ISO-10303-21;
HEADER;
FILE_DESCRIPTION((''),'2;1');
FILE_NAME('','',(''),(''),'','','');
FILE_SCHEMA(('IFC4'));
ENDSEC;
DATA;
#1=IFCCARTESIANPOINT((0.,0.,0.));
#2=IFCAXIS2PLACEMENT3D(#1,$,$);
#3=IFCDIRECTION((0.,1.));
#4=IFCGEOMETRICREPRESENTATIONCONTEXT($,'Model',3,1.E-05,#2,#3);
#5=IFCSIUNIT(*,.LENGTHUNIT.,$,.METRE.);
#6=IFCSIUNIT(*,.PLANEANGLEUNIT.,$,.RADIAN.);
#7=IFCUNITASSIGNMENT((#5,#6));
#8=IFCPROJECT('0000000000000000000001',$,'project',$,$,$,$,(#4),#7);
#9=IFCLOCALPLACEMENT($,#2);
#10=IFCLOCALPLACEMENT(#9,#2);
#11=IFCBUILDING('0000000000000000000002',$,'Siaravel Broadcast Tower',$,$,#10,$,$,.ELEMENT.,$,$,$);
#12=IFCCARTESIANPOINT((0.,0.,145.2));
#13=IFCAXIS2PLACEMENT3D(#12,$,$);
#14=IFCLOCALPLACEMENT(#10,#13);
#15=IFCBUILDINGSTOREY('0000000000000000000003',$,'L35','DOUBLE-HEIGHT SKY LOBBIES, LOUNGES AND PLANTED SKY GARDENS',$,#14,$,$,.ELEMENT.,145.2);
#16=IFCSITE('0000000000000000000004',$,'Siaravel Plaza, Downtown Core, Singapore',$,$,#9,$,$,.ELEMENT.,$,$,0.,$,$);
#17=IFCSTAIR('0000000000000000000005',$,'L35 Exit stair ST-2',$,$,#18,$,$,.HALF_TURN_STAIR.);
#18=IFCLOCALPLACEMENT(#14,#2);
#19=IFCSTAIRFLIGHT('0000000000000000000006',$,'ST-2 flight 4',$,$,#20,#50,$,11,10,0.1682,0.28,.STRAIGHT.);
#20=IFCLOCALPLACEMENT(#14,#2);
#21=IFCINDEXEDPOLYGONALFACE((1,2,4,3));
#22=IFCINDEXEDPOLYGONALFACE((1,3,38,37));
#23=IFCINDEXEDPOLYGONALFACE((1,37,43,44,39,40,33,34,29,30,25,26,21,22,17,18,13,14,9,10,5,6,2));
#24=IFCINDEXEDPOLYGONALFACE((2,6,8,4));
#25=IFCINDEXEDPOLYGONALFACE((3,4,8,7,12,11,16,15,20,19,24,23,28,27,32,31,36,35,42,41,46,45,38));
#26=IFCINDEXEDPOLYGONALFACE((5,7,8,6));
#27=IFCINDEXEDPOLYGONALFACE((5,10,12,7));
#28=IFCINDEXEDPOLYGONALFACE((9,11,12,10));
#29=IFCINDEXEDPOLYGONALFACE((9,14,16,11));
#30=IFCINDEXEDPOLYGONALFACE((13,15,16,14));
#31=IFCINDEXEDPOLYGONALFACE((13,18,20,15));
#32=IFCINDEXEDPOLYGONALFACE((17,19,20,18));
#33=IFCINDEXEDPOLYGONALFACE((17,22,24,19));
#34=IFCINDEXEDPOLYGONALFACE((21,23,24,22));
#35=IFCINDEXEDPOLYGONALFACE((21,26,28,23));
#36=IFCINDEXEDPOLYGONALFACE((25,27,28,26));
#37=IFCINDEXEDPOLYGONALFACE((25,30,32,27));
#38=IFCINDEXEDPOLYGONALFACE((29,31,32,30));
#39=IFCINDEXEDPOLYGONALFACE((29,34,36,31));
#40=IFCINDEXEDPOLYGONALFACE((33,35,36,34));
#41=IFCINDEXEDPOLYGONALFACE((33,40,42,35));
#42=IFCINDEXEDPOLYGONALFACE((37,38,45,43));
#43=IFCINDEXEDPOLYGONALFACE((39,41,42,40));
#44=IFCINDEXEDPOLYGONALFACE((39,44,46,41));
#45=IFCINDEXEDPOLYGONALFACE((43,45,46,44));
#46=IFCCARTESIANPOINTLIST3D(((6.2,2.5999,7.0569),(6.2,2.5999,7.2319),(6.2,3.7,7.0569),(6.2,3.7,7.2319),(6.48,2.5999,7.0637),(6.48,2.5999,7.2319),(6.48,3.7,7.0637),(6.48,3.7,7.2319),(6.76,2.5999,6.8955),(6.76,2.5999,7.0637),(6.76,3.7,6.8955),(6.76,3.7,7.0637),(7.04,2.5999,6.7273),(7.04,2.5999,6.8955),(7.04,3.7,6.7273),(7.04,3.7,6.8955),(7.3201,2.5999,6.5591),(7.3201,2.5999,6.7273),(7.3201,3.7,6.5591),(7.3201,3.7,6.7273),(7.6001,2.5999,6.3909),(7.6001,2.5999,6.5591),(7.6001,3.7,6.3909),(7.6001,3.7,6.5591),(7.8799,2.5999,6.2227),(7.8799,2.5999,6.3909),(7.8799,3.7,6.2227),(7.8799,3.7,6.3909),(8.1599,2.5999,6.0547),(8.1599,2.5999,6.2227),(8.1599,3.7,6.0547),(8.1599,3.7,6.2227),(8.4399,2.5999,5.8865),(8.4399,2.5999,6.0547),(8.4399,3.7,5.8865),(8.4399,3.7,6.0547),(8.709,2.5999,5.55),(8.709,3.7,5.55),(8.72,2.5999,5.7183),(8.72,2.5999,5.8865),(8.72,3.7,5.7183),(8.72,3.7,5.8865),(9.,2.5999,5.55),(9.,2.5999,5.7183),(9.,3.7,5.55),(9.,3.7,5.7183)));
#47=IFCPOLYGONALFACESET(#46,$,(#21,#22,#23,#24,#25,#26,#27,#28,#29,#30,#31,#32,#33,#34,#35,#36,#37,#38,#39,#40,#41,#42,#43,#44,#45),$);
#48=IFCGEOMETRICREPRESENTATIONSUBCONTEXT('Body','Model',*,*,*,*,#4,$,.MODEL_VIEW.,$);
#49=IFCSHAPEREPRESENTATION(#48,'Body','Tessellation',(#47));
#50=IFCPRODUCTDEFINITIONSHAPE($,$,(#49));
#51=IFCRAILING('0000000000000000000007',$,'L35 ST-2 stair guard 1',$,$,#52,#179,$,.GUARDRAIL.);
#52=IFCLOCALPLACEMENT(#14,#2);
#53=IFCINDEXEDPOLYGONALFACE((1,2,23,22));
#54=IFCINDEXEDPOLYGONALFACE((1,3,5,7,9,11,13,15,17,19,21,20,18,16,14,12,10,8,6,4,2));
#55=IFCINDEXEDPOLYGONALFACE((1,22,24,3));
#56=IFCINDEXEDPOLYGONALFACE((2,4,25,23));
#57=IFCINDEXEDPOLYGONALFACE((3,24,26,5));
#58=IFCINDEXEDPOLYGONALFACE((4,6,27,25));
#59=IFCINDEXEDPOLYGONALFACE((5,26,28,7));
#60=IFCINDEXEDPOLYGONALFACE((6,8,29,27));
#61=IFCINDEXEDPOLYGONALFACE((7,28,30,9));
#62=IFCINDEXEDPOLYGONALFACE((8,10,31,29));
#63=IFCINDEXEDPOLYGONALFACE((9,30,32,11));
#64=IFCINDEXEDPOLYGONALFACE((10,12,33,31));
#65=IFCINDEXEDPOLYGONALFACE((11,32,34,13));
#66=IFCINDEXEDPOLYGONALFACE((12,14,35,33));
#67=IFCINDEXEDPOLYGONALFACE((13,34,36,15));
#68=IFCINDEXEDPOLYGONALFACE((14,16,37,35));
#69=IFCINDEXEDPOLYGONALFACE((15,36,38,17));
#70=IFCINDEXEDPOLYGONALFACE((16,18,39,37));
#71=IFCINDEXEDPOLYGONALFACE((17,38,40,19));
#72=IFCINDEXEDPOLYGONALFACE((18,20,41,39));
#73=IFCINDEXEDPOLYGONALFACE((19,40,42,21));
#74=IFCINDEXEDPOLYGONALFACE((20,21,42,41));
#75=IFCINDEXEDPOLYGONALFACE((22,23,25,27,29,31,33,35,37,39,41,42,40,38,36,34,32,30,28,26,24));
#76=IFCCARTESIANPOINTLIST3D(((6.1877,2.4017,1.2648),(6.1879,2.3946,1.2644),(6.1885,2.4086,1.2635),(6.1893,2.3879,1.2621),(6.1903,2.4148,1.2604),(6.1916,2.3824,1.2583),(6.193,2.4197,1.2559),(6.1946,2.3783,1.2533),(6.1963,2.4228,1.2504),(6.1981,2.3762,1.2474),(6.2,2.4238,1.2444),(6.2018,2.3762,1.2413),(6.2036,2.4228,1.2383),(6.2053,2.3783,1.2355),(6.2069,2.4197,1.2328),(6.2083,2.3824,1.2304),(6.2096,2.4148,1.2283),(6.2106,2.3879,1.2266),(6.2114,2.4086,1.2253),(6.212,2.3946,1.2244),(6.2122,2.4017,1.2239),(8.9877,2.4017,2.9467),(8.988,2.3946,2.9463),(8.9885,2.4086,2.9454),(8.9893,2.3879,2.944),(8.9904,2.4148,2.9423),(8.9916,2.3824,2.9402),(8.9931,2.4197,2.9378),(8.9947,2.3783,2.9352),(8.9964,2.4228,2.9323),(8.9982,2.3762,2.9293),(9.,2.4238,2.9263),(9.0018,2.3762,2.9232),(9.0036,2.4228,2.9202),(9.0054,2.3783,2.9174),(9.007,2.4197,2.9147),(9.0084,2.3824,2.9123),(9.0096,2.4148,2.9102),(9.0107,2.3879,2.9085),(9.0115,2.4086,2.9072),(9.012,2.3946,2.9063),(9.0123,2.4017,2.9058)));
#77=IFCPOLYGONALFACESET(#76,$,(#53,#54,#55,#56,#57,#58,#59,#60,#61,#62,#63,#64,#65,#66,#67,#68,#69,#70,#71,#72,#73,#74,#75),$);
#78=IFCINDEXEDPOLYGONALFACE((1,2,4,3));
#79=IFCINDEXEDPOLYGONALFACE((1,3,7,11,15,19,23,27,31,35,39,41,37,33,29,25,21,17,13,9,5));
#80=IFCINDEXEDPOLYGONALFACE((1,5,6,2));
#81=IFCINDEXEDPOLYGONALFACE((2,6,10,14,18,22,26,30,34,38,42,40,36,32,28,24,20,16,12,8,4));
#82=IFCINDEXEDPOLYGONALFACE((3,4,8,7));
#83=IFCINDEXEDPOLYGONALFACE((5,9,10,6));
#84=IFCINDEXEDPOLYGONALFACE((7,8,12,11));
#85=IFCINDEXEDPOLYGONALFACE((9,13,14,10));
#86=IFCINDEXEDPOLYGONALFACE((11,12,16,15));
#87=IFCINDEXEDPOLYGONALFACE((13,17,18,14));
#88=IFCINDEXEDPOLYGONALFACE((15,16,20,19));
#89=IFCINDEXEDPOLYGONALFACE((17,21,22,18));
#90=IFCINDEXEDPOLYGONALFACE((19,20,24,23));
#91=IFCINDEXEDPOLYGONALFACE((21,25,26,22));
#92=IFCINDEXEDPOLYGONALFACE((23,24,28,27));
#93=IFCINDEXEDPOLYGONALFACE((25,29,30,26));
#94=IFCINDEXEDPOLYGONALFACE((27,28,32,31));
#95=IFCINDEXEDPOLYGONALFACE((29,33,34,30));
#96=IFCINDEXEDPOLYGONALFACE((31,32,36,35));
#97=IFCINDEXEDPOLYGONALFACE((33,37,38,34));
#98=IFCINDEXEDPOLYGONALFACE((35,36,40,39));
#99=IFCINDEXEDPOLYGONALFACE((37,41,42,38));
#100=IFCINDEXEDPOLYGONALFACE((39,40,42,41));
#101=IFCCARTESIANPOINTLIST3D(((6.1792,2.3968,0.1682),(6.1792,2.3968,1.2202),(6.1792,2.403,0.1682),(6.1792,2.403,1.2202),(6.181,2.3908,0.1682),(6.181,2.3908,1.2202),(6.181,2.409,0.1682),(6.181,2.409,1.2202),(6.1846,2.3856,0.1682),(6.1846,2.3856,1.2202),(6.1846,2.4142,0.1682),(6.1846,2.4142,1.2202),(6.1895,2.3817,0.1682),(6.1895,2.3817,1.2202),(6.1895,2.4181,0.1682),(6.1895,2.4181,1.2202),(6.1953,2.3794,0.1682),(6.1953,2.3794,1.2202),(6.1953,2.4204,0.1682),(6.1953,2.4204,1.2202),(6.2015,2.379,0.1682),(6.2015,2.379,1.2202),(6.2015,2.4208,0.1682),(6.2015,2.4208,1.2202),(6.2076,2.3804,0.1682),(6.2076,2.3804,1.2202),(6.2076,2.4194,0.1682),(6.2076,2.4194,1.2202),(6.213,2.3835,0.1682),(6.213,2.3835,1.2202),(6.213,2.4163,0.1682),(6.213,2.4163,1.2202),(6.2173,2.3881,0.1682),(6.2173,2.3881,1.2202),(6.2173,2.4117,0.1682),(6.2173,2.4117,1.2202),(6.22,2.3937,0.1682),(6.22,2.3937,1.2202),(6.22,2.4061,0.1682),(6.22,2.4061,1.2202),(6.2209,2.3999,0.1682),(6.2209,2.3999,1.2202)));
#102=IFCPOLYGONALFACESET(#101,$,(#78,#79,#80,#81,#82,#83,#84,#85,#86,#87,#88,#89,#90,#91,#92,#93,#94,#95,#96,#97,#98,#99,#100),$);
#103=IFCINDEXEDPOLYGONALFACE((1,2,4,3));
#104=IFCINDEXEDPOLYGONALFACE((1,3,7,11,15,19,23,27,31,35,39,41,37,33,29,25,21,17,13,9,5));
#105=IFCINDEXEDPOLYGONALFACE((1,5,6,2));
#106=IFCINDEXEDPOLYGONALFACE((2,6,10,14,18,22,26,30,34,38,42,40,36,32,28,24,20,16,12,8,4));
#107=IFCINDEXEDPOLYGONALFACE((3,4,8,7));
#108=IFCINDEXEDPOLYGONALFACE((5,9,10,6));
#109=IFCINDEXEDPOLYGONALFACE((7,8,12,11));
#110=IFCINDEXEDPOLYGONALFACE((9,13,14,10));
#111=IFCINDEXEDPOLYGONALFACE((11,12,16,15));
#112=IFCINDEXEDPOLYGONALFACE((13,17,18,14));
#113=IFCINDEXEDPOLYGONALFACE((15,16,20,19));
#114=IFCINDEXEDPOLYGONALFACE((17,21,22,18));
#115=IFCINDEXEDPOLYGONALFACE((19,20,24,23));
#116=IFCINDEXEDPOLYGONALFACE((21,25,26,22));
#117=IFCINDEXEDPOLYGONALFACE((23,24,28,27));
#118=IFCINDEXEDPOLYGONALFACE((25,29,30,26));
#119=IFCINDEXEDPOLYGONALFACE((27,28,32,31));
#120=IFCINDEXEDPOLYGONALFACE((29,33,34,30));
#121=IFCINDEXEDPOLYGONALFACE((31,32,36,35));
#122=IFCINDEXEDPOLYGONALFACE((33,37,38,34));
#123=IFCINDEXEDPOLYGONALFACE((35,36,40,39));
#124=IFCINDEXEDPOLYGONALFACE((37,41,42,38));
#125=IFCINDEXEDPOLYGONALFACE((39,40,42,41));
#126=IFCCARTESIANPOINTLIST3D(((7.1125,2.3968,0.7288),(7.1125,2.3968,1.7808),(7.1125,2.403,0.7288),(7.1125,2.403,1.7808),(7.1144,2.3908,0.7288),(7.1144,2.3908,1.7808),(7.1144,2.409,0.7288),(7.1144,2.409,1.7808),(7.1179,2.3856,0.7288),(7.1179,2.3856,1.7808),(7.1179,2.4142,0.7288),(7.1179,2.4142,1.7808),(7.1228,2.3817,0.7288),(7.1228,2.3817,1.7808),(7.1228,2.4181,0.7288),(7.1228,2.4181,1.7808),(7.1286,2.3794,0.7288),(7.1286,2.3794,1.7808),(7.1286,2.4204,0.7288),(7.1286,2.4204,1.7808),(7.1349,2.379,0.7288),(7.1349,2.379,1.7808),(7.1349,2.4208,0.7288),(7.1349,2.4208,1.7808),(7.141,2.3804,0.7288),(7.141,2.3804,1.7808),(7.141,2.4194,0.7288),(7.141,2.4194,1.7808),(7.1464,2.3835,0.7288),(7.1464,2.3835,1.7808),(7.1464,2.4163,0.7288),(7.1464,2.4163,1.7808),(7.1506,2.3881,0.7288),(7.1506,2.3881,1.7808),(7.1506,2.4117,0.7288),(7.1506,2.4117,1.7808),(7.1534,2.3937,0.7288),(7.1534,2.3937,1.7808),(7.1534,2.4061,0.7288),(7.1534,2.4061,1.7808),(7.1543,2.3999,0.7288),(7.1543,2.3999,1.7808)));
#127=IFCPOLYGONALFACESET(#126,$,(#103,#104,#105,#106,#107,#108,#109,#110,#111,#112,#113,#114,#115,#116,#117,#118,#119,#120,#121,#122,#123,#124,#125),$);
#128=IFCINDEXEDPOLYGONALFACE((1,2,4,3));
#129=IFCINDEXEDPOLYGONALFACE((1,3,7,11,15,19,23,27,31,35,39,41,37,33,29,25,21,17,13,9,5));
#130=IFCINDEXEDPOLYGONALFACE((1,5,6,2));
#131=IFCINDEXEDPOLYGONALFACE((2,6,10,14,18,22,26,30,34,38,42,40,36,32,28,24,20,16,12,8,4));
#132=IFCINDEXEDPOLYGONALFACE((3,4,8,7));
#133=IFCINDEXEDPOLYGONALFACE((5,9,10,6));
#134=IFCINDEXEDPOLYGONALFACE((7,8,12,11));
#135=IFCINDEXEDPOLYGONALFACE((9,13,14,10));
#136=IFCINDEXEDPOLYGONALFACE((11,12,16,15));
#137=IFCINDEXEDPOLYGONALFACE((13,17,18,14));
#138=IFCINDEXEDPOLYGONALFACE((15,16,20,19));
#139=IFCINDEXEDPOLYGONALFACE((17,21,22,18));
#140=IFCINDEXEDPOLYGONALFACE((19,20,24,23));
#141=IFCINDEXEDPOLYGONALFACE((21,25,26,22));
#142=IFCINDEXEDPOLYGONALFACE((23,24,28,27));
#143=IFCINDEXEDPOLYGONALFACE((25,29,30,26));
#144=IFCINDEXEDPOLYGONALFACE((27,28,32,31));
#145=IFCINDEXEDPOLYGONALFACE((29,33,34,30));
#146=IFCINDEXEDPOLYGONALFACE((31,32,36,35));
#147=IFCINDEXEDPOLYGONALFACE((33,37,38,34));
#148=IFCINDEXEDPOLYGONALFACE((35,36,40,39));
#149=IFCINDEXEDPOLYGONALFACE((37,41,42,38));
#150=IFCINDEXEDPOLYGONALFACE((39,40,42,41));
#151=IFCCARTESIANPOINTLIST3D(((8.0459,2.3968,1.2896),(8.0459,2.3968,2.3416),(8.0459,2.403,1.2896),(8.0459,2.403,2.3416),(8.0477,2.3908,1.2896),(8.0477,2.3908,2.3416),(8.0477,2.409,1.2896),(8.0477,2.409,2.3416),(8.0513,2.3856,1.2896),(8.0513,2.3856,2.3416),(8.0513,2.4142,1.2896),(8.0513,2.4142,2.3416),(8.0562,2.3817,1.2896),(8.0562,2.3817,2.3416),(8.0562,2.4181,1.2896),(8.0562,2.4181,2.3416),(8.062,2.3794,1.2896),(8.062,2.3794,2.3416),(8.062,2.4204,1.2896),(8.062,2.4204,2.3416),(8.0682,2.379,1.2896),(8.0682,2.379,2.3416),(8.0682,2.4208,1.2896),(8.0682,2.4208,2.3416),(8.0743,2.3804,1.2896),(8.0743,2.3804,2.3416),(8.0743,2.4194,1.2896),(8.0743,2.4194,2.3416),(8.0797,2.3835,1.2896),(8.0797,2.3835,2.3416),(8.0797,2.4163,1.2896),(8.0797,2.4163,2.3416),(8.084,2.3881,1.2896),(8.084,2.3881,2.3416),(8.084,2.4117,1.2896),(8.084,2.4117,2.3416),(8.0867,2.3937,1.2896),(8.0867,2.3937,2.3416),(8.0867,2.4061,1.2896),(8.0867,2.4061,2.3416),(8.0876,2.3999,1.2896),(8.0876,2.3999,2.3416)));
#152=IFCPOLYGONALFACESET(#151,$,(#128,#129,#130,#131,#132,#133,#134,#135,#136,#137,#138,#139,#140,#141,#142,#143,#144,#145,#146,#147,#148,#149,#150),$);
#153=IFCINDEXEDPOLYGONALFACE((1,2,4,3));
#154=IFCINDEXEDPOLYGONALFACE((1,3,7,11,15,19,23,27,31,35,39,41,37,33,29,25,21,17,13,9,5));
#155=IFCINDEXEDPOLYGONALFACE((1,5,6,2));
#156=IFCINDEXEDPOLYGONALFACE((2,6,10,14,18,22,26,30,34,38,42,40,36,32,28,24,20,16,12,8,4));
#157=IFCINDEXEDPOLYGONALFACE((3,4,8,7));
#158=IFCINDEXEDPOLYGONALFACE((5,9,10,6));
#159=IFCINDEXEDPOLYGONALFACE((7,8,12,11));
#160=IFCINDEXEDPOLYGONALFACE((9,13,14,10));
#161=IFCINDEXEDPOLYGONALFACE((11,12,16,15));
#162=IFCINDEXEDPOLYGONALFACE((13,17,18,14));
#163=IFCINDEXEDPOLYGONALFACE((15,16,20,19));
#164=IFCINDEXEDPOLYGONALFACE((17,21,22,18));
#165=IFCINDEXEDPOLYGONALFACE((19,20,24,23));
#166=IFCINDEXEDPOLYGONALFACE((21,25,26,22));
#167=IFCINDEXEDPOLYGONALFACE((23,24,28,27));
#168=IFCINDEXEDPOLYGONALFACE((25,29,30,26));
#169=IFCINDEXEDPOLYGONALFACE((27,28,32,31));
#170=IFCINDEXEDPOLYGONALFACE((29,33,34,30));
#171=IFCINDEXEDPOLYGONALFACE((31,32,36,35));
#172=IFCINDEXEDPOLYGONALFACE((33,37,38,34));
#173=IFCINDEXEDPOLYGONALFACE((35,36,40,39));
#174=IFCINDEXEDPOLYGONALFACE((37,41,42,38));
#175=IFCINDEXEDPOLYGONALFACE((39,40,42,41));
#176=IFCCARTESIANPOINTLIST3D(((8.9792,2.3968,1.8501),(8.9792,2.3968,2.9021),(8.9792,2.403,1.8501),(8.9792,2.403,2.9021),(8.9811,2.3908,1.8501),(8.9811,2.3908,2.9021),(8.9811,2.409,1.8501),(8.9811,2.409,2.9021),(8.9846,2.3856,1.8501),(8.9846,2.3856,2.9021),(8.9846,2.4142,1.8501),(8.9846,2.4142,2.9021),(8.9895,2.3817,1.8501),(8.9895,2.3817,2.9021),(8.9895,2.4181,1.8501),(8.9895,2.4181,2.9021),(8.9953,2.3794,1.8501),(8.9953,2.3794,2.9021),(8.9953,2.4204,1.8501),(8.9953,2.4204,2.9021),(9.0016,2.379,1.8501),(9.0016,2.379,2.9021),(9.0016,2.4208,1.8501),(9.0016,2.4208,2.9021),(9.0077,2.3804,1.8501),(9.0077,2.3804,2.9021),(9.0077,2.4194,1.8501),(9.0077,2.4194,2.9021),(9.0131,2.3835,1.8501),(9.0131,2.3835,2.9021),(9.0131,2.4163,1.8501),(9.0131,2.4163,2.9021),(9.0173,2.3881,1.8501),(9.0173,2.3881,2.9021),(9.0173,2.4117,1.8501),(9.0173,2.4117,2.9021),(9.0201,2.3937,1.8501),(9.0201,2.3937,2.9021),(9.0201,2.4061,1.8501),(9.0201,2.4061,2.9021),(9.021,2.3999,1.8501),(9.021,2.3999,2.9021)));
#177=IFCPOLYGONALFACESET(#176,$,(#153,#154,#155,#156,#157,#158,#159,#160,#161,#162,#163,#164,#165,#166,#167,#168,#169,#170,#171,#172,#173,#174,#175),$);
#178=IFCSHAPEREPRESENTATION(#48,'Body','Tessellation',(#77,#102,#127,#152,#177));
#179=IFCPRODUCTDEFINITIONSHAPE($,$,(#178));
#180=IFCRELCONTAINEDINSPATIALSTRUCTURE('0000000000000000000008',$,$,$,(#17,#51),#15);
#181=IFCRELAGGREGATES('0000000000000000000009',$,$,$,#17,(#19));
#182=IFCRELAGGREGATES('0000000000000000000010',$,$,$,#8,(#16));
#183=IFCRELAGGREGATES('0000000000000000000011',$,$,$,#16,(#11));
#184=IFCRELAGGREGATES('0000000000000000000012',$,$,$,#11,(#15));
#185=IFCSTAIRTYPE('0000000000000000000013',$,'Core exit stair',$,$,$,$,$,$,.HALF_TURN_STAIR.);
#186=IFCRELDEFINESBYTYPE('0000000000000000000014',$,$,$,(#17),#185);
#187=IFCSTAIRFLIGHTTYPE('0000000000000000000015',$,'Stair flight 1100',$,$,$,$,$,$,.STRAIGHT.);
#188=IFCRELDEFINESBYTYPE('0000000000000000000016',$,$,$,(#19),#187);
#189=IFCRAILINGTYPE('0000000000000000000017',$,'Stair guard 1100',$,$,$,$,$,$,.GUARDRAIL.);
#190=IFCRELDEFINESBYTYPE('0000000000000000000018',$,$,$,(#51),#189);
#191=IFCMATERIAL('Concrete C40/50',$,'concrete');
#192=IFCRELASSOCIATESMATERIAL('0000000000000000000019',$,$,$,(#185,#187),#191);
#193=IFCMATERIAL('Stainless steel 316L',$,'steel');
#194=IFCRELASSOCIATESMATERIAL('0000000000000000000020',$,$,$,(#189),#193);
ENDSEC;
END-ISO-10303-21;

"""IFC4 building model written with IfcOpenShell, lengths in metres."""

from ifc_helpers import new_model, si_unit, direction, frame, origin, origin_2d, place, context, subcontext, project, spatial, polyline, circle, outline, extrude, material, type_object, element, aggregate, save


model = new_model("IFC4")

# Units and contexts
model_context = context("Model", 3, precision=1e-05, world=origin(), true_north=direction((0.0, 1.0)))
body_context = subcontext(model_context, "Body", "Model", "MODEL_VIEW")
ifc_project = project(units=[si_unit("LENGTHUNIT", "METRE"), si_unit("PLANEANGLEUNIT", "RADIAN")], contexts=[model_context])

# Site, building, storey
site_placement = place(None, origin())
site = spatial("IfcSite", under=ifc_project, at=site_placement, Name="Siaravel Plaza, Downtown Core, Singapore", CompositionType="ELEMENT", RefElevation=0.0)
building_placement = place(site_placement, origin())
building = spatial("IfcBuilding", under=site, at=building_placement, Name="Siaravel Broadcast Tower", CompositionType="ELEMENT")
storey_placement = place(building_placement, frame((0.0, 0.0, 145.2)))
storey = spatial("IfcBuildingStorey", under=building, at=storey_placement, Name="L35", Description="DOUBLE-HEIGHT SKY LOBBIES, LOUNGES AND PLANTED SKY GARDENS", CompositionType="ELEMENT", Elevation=145.2)

# Stair, stair flight
ifc_material_1 = material(Name="Concrete C40/50", Category="concrete")
stair_type = type_object("IfcStairType", Name="Core exit stair", PredefinedType="HALF_TURN_STAIR", material=ifc_material_1)
stair_placement = place(storey_placement, origin())
stair = element("IfcStair", 1, at=stair_placement, inside=storey, type_object=stair_type, Name="L35 Exit stair ST-2", PredefinedType="HALF_TURN_STAIR")
stair_flight_type = type_object("IfcStairFlightType", Name="Stair flight 1100", PredefinedType="STRAIGHT", material=ifc_material_1)
stair_flight_1_placement = place(storey_placement, frame((9.0, 3.1499, 5.55), z_axis=(0.0, 0.0, 1.0), x_axis=(-1.0, 0.0, 0.0)))
stair_flight_1 = element("IfcStairFlight", 2, at=stair_flight_1_placement, type_object=stair_flight_type, Name="ST-2 flight 4", NumberOfRisers=11, NumberOfTreads=10, PredefinedType="STRAIGHT", RiserHeight=0.1682, TreadLength=0.28, context=body_context, shape_type="SweptSolid", body=[
    extrude(outline(polyline([(0.0, 0.0), (0.0, 0.1682), (0.28, 0.1682), (0.28, 0.3364), (0.5601, 0.3364), (0.5601, 0.5046), (0.8401, 0.5046), (0.8401, 0.6726), (1.1201, 0.6726), (1.1201, 0.8408), (1.3999, 0.8408), (1.3999, 1.009), (1.6799, 1.009), (1.6799, 1.1772), (1.96, 1.1772), (1.96, 1.3455), (2.24, 1.3455), (2.24, 1.5137), (2.52, 1.5137), (2.52, 1.6819), (2.8, 1.6819), (2.8, 1.8501), (2.8, 1.5068), (0.291, 0.0), (0.0, 0.0)])), frame((0.0, 0.55, 0.0), z_axis=(0.0, -1.0, 0.0), x_axis=(1.0, 0.0, 0.0)), (0.0, 0.0, 1.0), 1.1001),
])
aggregate(stair, [stair_flight_1])

# Railing
ifc_material_2 = material(Name="Stainless steel 316L", Category="steel")
railing_type_1 = type_object("IfcRailingType", Name="Stair guard 1100", PredefinedType="GUARDRAIL", material=ifc_material_2)
railing_1_placement = place(storey_placement, frame((6.2, 2.3999, 0.1682)))
element("IfcRailing", 3, at=railing_1_placement, inside=storey, type_object=railing_type_1, Name="L35 ST-2 stair guard 1", PredefinedType="GUARDRAIL", context=body_context, shape_type="SweptSolid", body=[
    extrude(circle(Radius=0.0239, at=origin_2d()), frame((0.0, 0.0, 1.0762), z_axis=(0.857242, 0.0, 0.514913), x_axis=(0.0, 1.0, 0.0)), (0.0, 0.0, 1.0), 3.2664),
    extrude(circle(Radius=0.021, at=origin_2d()), origin(), (0.0, 0.0, 1.0), 1.052),
    extrude(circle(Radius=0.021, at=origin_2d()), frame((0.9333, 0.0, 0.5605)), (0.0, 0.0, 1.0), 1.052),
    extrude(circle(Radius=0.021, at=origin_2d()), frame((1.8667, 0.0, 1.1213)), (0.0, 0.0, 1.0), 1.052),
    extrude(circle(Radius=0.021, at=origin_2d()), frame((2.8, 0.0, 1.6819)), (0.0, 0.0, 1.0), 1.052),
])

save(model, "model.ifc")
